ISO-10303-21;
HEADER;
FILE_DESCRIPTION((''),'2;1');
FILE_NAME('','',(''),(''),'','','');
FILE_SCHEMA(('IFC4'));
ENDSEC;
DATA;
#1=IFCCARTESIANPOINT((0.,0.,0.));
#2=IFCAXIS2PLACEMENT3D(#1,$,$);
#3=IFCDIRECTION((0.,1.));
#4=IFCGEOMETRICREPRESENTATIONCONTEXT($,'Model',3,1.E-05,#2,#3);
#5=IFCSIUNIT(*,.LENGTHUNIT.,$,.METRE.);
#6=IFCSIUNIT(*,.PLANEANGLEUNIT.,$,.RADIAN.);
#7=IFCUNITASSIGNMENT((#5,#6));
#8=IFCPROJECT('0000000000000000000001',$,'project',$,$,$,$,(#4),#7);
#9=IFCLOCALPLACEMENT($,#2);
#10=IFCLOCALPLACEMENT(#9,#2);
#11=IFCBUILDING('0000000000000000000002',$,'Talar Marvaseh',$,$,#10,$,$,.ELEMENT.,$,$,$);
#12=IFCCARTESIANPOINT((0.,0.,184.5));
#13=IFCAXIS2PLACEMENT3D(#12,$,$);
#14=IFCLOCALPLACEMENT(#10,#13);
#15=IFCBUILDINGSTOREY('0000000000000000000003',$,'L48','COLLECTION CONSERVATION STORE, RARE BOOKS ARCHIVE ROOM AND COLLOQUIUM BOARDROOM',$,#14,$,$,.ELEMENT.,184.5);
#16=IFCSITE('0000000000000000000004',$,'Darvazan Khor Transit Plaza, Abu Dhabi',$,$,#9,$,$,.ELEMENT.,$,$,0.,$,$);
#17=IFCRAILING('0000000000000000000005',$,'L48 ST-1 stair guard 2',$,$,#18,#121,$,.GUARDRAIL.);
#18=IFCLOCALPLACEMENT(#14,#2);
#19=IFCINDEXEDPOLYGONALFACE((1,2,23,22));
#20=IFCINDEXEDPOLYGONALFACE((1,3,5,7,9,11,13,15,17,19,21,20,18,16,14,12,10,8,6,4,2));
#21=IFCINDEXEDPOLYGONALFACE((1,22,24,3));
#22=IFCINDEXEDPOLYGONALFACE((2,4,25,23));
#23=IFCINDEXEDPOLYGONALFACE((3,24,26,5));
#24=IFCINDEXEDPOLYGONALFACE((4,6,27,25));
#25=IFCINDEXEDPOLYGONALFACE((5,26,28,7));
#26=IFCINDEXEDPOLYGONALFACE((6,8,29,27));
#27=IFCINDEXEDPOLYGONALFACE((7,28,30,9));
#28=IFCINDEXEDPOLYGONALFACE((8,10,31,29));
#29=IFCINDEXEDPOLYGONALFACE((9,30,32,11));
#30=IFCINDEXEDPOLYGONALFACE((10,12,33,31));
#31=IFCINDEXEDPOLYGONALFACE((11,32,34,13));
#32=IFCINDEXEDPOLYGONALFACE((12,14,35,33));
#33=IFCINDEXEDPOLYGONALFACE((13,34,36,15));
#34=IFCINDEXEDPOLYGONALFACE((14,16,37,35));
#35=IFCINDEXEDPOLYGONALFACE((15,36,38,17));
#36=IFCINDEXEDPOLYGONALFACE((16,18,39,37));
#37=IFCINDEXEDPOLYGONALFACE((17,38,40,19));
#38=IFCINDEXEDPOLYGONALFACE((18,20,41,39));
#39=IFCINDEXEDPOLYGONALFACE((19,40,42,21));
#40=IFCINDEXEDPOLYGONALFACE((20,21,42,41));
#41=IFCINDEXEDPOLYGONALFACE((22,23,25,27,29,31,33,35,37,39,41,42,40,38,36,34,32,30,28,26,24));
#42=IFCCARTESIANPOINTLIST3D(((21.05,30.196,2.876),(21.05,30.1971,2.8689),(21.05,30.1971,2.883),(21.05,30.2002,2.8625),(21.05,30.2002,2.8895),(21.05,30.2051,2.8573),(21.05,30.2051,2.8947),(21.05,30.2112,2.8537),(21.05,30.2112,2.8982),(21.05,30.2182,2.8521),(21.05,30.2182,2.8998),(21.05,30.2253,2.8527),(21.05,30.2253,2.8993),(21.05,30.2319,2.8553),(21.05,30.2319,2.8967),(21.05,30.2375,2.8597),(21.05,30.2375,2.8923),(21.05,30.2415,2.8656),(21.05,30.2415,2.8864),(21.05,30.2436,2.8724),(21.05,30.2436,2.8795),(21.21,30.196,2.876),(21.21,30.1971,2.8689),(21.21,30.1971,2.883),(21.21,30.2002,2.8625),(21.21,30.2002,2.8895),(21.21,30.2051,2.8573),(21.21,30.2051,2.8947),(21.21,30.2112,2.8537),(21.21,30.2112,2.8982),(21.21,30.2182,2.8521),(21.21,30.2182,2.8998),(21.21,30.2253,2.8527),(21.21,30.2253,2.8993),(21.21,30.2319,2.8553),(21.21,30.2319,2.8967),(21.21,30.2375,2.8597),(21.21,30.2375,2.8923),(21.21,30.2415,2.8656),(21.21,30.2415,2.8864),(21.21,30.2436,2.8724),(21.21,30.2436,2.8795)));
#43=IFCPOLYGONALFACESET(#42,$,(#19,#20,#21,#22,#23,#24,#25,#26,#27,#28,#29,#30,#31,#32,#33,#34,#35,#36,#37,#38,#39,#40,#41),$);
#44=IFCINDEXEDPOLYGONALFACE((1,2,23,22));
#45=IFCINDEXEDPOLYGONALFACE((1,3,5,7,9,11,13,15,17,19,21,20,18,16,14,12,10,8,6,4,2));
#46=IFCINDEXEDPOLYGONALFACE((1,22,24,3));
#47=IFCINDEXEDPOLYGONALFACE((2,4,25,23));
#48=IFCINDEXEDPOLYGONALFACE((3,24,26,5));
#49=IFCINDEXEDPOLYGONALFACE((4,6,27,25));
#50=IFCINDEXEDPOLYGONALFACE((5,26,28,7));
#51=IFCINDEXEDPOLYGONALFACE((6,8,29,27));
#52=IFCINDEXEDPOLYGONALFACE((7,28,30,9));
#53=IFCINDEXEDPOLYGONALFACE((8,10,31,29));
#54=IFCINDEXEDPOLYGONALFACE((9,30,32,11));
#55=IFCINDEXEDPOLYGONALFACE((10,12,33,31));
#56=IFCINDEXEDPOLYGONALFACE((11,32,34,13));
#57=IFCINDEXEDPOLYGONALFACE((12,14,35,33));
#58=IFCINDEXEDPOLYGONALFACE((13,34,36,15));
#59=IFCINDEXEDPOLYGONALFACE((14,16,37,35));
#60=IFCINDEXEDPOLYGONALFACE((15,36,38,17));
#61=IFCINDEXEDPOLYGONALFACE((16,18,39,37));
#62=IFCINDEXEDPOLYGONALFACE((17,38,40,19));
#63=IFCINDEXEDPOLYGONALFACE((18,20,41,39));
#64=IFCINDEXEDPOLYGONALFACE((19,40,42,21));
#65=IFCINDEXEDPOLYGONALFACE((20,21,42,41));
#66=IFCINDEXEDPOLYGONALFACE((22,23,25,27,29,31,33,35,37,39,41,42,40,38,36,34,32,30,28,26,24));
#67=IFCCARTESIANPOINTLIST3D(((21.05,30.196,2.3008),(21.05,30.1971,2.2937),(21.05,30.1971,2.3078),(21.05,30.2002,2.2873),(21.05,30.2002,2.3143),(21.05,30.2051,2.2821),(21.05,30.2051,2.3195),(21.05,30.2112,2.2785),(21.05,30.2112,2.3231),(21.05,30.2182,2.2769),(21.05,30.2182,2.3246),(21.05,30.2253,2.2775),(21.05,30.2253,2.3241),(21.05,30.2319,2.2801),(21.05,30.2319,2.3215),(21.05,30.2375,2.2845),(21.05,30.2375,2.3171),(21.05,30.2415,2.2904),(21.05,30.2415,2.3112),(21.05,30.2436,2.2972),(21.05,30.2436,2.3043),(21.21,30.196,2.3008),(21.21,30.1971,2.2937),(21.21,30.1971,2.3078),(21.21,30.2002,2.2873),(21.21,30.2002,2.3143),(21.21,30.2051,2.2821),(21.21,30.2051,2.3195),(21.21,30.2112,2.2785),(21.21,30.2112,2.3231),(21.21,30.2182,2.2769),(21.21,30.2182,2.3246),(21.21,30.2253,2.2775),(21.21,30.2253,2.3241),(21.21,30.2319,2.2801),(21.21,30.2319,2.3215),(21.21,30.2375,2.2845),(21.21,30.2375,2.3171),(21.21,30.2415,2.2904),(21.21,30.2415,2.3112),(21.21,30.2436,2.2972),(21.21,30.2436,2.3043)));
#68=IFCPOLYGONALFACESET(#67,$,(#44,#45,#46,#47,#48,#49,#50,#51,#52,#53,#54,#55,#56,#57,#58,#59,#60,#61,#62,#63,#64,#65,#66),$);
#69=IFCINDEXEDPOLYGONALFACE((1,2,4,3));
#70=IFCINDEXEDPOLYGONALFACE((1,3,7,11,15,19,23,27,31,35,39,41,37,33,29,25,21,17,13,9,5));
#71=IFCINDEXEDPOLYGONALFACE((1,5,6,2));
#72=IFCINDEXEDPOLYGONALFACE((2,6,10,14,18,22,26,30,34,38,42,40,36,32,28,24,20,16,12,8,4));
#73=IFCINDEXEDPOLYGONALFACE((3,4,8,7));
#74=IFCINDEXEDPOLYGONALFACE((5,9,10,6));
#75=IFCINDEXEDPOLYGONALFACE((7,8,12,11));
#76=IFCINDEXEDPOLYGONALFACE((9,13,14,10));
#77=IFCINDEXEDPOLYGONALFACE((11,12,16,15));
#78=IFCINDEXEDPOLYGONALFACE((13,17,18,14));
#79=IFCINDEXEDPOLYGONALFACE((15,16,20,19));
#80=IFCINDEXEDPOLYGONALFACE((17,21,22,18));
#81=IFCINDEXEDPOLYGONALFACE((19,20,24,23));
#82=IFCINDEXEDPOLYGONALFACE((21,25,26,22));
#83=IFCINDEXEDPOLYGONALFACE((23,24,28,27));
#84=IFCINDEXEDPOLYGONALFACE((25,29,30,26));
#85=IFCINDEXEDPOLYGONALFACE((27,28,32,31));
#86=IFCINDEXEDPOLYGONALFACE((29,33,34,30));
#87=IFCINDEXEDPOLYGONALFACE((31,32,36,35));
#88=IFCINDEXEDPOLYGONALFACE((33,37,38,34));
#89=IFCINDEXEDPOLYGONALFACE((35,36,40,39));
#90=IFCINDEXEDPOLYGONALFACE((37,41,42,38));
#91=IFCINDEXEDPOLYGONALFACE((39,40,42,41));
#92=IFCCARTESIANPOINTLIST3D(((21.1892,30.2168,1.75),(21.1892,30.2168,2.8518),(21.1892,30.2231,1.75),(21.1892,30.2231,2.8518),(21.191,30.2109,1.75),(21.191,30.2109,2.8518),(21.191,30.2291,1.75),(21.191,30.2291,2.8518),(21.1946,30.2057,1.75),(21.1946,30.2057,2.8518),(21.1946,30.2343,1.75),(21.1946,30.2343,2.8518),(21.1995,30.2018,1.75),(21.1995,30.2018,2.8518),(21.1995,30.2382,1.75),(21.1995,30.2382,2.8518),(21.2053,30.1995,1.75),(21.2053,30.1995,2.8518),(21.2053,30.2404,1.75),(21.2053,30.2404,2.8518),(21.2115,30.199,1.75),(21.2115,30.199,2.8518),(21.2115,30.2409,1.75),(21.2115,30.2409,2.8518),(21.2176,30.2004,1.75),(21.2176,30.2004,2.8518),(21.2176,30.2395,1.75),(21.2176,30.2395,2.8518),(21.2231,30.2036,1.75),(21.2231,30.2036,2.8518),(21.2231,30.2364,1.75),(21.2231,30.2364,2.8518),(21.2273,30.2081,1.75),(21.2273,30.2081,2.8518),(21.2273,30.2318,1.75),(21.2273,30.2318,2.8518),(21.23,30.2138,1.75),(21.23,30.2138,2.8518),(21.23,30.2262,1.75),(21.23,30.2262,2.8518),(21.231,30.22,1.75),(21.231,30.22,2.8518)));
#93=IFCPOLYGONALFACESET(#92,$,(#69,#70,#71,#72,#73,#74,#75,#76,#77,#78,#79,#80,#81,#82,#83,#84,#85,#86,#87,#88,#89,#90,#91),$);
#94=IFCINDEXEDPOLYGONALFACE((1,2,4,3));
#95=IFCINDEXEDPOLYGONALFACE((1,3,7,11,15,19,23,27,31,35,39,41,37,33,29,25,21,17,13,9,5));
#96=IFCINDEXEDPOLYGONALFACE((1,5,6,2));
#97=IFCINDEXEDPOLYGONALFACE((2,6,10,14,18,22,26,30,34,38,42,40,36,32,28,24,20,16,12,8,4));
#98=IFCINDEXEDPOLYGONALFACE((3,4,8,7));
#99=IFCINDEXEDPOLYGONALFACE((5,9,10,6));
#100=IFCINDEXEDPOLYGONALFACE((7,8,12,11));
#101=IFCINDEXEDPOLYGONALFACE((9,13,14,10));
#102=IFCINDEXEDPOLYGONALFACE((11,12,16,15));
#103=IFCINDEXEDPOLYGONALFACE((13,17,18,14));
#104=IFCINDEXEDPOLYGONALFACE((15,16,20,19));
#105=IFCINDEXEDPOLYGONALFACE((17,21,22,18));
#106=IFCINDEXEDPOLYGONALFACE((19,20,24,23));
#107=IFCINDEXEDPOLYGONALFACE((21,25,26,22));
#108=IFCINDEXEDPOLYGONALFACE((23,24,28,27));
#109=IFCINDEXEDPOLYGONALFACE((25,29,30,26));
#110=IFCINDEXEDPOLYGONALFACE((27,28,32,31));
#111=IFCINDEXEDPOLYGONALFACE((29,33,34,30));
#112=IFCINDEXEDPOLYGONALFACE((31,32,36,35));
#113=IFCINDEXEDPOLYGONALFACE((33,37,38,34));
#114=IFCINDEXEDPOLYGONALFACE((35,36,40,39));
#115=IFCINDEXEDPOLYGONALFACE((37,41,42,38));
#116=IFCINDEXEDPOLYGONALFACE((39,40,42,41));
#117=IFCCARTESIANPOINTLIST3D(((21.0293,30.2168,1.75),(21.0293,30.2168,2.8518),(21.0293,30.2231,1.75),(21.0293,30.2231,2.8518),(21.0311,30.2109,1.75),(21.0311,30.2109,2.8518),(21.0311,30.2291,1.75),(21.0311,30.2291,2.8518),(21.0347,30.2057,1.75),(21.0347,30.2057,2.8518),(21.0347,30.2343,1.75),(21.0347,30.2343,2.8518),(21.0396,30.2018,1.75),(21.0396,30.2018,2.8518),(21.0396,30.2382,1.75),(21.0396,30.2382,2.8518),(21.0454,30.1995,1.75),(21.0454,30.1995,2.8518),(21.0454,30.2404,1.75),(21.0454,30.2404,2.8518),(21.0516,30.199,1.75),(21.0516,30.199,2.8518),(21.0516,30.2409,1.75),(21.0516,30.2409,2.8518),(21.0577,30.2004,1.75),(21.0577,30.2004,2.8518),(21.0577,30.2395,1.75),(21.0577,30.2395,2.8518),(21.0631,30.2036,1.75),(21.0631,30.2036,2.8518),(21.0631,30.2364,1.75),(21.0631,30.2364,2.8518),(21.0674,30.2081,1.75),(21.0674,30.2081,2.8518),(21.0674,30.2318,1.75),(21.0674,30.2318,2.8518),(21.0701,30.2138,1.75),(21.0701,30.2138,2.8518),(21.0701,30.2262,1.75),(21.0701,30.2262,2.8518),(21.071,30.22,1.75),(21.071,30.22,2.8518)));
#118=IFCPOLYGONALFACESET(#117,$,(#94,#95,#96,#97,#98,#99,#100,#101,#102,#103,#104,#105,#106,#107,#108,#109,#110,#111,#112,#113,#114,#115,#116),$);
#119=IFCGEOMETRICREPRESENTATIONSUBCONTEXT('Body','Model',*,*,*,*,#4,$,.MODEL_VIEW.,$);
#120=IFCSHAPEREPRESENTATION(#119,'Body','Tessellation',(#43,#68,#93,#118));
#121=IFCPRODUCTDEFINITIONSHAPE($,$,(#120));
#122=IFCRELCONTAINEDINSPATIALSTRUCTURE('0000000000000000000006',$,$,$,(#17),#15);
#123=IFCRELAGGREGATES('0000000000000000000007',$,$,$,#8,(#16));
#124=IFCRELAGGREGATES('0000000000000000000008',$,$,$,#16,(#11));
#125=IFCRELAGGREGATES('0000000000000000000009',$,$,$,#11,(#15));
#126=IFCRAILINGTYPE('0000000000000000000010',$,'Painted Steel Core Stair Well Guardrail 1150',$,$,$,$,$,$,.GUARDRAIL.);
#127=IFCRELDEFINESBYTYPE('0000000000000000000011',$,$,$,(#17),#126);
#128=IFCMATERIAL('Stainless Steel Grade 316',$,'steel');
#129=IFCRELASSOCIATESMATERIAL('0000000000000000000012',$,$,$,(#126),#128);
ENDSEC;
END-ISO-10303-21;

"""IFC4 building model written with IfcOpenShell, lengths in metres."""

from ifc_helpers import new_model, si_unit, direction, frame, origin, origin_2d, place, context, subcontext, project, spatial, circle, extrude, material, type_object, element, save


model = new_model("IFC4")

# Units and contexts
model_context = context("Model", 3, precision=1e-05, world=origin(), true_north=direction((0.0, 1.0)))
body_context = subcontext(model_context, "Body", "Model", "MODEL_VIEW")
ifc_project = project(units=[si_unit("LENGTHUNIT", "METRE"), si_unit("PLANEANGLEUNIT", "RADIAN")], contexts=[model_context])

# Site, building, storey
site_placement = place(None, origin())
site = spatial("IfcSite", under=ifc_project, at=site_placement, Name="Darvazan Khor Transit Plaza, Abu Dhabi", CompositionType="ELEMENT", RefElevation=0.0)
building_placement = place(site_placement, origin())
building = spatial("IfcBuilding", under=site, at=building_placement, Name="Talar Marvaseh", CompositionType="ELEMENT")
storey_placement = place(building_placement, frame((0.0, 0.0, 184.5)))
storey = spatial("IfcBuildingStorey", under=building, at=storey_placement, Name="L48", Description="COLLECTION CONSERVATION STORE, RARE BOOKS ARCHIVE ROOM AND COLLOQUIUM BOARDROOM", CompositionType="ELEMENT", Elevation=184.5)

# Railing
ifc_material_1 = material(Name="Stainless Steel Grade 316", Category="steel")
railing_type_1 = type_object("IfcRailingType", Name="Painted Steel Core Stair Well Guardrail 1150", PredefinedType="GUARDRAIL", material=ifc_material_1)
railing_1_placement = place(storey_placement, frame((21.21, 30.22, 1.75)))
element("IfcRailing", 1, at=railing_1_placement, inside=storey, type_object=railing_type_1, Name="L48 ST-1 stair guard 2", PredefinedType="GUARDRAIL", context=body_context, shape_type="SweptSolid", body=[
    extrude(circle(Radius=0.0239, at=origin_2d()), frame((0.0, 0.0, 1.126), z_axis=(-1.0, 0.0, 0.0), x_axis=(0.0, -1.0, 0.0)), (0.0, 0.0, 1.0), 0.1599),
    extrude(circle(Radius=0.0239, at=origin_2d()), frame((0.0, 0.0, 0.5508), z_axis=(-1.0, 0.0, 0.0), x_axis=(0.0, -1.0, 0.0)), (0.0, 0.0, 1.0), 0.1599),
    extrude(circle(Radius=0.021, at=origin_2d()), origin(), (0.0, 0.0, 1.0), 1.1018),
    extrude(circle(Radius=0.021, at=origin_2d()), frame((-0.1599, 0.0, 0.0)), (0.0, 0.0, 1.0), 1.1018),
])

save(model, "model.ifc")
